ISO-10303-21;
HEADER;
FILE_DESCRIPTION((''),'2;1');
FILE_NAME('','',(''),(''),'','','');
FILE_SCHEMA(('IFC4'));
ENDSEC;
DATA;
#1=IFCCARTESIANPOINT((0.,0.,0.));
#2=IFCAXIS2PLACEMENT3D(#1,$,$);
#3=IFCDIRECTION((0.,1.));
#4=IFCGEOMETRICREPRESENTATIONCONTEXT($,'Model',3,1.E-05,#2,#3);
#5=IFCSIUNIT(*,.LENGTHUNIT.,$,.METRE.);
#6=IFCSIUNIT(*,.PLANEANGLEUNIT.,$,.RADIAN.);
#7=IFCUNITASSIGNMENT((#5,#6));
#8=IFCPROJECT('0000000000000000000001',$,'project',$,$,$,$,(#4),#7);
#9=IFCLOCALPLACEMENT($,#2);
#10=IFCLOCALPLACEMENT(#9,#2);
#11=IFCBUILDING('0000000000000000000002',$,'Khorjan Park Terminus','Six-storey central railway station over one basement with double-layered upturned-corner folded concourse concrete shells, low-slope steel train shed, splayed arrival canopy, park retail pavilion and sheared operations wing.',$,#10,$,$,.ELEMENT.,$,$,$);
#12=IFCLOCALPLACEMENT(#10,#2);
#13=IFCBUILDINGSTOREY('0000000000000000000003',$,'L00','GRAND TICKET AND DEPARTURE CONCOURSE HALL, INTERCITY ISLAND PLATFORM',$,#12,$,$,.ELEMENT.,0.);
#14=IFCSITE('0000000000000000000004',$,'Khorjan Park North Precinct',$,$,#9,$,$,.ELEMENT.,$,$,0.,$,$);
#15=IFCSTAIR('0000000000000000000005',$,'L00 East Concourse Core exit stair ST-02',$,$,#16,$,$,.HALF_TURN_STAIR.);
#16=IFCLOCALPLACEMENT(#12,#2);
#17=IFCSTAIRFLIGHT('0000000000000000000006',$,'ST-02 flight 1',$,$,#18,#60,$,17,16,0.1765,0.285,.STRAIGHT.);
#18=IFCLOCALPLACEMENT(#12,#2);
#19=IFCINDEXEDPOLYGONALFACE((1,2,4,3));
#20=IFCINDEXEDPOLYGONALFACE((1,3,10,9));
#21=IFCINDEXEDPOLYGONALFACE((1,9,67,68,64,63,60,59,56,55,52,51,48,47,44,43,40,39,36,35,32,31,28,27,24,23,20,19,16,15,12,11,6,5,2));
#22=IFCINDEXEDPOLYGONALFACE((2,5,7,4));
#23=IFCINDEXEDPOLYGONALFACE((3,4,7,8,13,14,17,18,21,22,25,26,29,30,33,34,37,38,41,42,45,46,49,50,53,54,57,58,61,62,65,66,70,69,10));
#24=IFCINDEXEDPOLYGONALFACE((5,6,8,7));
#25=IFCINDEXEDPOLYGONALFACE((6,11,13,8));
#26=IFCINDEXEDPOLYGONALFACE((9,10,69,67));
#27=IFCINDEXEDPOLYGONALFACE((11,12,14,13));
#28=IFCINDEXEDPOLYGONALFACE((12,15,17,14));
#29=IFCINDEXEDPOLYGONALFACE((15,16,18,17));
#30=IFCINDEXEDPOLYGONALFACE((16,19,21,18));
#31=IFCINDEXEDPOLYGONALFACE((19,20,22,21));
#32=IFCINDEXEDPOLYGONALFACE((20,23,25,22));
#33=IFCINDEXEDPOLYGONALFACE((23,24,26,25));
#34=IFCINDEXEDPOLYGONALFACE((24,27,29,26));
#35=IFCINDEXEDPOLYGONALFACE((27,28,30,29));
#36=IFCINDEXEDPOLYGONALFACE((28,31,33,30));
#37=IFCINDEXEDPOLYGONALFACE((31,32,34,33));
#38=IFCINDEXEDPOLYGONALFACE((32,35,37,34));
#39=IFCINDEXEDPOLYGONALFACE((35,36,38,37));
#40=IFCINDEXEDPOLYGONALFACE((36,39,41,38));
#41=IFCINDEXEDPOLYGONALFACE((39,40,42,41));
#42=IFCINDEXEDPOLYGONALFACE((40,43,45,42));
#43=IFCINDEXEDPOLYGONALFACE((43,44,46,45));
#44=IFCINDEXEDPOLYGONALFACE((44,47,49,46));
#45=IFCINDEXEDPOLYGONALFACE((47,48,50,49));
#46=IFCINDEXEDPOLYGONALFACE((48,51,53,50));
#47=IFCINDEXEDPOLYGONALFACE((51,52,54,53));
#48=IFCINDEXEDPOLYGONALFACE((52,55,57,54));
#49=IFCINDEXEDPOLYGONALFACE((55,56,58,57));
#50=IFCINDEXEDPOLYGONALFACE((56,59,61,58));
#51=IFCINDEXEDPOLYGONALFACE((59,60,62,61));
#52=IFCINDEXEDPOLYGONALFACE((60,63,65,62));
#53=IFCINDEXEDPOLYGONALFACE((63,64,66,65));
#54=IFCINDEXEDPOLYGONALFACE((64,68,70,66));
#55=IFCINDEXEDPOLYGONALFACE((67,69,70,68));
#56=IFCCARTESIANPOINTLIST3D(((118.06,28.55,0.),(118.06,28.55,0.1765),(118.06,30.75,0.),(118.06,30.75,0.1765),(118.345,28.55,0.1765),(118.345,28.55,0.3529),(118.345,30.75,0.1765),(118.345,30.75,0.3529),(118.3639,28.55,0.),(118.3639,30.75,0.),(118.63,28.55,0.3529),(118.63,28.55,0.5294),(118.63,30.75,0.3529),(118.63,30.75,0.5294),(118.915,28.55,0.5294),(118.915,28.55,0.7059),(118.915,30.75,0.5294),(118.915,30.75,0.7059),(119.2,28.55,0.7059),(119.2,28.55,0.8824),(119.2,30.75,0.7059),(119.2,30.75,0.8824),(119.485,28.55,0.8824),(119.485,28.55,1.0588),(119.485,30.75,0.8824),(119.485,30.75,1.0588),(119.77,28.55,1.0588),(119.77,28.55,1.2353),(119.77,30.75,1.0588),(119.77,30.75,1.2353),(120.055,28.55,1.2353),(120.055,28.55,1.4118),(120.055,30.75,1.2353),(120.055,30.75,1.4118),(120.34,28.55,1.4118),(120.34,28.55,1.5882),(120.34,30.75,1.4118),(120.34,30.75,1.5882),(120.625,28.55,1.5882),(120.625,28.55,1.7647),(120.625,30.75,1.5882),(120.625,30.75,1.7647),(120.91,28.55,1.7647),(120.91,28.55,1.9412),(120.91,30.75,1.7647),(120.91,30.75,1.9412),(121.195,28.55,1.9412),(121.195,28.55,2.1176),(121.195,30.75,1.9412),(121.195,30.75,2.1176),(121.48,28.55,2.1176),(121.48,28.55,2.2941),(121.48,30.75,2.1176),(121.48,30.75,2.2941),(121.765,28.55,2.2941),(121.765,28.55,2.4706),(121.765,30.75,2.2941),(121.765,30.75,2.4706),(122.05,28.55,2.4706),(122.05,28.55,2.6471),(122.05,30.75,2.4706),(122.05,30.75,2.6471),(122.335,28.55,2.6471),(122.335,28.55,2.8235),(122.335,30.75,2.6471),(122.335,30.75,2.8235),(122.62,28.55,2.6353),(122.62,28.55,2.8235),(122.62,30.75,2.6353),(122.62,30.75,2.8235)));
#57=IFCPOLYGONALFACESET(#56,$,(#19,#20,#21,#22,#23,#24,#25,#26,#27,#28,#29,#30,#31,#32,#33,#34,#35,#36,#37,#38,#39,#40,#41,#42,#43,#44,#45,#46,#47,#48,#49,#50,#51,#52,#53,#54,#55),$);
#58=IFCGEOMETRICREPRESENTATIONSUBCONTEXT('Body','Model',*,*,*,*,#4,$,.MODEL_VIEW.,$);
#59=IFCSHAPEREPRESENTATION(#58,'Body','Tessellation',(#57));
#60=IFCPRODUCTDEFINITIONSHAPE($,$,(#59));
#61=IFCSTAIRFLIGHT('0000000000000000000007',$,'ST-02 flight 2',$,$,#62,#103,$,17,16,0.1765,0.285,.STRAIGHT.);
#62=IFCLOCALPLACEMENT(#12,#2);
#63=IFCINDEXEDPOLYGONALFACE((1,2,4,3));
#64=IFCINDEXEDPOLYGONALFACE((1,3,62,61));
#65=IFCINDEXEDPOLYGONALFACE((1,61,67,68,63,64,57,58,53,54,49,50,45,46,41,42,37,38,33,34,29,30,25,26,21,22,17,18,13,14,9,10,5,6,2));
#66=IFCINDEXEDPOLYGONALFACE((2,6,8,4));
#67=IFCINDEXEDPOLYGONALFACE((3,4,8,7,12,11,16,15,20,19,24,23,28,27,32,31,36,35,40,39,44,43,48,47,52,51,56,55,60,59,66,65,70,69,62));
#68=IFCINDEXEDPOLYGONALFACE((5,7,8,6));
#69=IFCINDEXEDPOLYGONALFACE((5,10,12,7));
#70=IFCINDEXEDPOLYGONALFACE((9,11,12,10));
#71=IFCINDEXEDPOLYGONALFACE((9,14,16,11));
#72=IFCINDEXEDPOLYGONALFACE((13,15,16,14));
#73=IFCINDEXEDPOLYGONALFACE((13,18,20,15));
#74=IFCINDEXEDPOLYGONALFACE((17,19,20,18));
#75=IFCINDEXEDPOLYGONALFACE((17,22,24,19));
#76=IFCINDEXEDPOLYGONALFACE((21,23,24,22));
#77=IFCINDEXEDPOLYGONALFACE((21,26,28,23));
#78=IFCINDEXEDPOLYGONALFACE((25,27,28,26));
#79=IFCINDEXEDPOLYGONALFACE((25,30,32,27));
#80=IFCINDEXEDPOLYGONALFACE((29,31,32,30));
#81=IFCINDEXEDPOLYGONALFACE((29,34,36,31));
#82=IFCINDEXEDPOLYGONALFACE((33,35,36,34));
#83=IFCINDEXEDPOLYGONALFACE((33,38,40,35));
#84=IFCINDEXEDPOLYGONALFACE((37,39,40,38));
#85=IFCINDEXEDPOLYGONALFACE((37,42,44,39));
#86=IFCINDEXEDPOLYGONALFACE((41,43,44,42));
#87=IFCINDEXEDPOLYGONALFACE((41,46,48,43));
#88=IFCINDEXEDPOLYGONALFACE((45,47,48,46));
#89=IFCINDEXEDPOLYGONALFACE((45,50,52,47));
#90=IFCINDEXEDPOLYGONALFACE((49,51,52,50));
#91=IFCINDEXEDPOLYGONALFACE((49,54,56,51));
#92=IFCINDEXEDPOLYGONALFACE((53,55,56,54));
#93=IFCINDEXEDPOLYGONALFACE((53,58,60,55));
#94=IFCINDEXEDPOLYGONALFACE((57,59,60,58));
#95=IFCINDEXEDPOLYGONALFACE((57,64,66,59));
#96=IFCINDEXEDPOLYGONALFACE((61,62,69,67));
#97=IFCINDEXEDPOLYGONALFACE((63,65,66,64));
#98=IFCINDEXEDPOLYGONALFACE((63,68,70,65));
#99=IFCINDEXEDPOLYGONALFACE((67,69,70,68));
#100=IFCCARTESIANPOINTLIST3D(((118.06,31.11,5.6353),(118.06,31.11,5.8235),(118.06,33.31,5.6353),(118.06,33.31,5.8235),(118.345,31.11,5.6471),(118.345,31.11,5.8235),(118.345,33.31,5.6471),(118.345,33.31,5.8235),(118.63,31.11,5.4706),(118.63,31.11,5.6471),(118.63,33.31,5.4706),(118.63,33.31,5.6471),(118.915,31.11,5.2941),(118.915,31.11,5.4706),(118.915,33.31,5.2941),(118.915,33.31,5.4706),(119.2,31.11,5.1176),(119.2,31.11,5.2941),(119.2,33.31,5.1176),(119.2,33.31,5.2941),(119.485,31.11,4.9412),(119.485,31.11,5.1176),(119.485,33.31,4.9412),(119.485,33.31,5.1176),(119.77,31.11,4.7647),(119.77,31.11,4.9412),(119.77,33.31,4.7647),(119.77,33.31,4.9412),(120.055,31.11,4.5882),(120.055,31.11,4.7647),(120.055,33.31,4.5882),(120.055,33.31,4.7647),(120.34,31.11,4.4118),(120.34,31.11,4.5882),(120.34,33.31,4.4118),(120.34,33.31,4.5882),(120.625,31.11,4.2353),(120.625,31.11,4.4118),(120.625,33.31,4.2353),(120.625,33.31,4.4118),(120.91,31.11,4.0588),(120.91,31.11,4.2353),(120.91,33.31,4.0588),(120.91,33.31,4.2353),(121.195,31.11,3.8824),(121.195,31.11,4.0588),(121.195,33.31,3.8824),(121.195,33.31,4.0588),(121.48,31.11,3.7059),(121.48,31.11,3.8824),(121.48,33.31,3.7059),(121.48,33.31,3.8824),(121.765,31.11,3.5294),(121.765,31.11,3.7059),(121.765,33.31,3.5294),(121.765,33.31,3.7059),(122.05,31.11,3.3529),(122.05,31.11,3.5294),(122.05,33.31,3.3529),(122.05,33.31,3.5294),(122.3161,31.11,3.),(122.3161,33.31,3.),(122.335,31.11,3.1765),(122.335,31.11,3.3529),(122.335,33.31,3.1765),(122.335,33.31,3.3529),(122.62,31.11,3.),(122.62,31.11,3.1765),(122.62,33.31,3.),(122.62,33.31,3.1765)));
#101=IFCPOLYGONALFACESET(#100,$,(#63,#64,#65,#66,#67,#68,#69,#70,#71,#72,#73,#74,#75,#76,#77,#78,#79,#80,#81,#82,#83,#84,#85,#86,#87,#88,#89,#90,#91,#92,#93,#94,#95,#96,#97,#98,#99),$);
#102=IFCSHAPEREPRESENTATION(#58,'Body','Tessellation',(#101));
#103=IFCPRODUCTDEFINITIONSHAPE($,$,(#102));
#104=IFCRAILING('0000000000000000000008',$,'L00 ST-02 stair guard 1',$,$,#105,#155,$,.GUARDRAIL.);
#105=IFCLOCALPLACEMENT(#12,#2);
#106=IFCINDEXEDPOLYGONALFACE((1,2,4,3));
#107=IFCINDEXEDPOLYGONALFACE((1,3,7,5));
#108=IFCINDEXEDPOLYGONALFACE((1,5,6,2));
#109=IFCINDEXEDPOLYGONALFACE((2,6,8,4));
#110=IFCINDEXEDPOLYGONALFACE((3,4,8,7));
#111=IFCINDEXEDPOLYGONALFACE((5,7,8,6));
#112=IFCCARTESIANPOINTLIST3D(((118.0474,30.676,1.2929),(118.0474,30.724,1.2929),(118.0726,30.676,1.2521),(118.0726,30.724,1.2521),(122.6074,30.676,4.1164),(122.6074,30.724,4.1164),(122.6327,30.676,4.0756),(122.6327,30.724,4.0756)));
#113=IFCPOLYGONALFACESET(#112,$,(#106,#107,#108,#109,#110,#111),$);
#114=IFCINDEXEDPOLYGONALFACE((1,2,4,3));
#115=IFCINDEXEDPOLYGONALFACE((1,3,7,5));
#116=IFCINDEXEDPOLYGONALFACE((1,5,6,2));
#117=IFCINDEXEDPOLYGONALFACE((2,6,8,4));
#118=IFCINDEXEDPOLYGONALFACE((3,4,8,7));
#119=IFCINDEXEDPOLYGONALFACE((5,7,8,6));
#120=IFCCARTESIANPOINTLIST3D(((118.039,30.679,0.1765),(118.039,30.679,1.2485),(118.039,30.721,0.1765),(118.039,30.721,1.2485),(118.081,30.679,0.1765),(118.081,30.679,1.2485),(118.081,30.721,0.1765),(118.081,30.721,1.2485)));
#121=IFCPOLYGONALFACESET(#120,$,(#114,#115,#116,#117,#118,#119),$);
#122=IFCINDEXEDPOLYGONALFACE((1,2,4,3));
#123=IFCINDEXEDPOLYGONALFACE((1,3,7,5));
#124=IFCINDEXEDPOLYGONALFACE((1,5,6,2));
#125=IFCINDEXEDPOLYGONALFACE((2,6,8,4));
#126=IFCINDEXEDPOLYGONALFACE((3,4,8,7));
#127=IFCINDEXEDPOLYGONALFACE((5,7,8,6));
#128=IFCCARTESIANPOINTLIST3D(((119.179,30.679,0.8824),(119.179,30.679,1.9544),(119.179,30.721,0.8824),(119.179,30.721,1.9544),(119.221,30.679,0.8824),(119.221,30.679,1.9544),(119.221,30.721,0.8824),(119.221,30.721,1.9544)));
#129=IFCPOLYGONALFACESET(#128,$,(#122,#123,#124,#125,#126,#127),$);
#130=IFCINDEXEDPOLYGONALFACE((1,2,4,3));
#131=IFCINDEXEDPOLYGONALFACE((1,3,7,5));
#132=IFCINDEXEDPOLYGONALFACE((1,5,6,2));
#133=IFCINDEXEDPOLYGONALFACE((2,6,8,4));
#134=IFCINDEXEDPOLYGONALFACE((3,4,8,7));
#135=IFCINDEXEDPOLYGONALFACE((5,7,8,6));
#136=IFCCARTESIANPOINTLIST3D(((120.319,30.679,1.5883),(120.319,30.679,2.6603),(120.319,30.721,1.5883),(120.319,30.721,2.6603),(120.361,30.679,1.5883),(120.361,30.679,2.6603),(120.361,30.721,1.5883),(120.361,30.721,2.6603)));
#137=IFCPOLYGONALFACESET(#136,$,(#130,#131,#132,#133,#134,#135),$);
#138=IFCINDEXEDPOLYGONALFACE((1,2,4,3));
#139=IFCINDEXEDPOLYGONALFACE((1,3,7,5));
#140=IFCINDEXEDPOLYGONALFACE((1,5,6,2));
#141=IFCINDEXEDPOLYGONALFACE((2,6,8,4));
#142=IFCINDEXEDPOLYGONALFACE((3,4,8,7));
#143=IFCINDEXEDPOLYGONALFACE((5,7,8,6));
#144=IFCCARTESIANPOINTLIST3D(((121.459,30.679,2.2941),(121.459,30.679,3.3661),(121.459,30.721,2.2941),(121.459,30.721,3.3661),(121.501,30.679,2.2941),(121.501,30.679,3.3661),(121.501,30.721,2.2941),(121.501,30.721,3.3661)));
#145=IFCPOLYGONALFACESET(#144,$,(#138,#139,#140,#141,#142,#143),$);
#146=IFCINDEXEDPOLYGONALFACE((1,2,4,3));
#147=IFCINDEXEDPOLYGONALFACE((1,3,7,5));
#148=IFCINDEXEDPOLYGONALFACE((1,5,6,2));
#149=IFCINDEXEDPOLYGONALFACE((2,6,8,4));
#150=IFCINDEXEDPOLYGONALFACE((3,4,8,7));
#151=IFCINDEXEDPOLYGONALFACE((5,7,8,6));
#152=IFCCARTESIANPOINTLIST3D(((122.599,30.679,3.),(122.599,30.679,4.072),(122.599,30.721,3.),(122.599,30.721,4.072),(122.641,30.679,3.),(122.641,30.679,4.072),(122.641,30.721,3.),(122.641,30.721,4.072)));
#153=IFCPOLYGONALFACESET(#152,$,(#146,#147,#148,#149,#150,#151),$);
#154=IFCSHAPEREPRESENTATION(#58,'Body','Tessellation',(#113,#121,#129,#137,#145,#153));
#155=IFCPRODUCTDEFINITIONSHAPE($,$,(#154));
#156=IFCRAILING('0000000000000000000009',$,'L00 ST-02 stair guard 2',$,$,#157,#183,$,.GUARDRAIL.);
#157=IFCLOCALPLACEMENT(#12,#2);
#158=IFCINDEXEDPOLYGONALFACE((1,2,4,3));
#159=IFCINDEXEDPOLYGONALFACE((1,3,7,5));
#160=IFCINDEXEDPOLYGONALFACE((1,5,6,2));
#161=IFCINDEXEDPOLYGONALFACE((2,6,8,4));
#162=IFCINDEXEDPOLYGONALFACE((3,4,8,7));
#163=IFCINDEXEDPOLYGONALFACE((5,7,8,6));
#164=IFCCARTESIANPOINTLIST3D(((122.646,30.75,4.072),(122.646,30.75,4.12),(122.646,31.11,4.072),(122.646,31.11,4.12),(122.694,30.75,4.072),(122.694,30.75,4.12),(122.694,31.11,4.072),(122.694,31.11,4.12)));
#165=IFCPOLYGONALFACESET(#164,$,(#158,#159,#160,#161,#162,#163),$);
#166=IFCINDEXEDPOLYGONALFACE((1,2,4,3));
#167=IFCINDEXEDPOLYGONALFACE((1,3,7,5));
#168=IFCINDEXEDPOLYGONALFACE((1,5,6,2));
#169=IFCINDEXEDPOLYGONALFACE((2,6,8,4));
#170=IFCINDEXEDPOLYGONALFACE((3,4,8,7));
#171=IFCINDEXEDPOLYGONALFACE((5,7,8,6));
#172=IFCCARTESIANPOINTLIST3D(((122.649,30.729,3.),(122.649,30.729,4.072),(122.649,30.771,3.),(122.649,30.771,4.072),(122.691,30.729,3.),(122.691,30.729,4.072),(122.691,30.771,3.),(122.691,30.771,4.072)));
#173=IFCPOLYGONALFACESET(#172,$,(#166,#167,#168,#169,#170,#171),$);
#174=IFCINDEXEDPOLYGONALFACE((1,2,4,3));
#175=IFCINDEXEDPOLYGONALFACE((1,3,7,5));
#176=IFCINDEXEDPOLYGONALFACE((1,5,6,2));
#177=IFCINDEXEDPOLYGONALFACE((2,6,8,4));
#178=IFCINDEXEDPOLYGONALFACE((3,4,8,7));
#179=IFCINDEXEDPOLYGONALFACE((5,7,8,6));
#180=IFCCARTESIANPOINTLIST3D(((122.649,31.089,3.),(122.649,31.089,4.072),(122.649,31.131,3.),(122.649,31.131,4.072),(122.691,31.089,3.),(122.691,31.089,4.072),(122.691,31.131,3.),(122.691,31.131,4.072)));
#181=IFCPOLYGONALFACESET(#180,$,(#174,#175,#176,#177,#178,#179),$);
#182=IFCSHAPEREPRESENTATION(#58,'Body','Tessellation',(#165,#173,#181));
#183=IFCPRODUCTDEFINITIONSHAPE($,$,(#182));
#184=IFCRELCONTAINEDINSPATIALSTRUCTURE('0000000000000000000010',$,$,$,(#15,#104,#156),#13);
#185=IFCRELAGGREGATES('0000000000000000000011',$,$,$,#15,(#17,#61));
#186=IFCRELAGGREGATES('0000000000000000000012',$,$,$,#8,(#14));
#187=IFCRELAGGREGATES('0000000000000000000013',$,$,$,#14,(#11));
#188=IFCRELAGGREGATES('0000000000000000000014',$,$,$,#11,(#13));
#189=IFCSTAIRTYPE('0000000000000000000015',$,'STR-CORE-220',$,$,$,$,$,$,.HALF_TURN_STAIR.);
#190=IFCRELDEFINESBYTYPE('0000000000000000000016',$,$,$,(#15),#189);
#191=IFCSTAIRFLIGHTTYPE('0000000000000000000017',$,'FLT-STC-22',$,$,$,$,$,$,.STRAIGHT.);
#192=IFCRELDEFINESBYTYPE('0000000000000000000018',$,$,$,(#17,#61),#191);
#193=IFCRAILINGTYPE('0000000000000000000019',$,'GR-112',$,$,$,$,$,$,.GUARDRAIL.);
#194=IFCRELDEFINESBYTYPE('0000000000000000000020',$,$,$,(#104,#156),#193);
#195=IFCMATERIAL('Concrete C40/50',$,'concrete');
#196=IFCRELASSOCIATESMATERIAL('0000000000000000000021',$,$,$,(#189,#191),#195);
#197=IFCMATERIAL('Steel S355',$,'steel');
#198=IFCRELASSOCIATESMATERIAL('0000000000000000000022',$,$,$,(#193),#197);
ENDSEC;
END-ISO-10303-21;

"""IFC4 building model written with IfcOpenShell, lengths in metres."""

from ifc_helpers import new_model, si_unit, direction, frame, origin, origin_2d, place, context, subcontext, project, spatial, polyline, rectangle, outline, extrude, material, type_object, element, aggregate, save


model = new_model("IFC4")

# Units and contexts
model_context = context("Model", 3, precision=1e-05, world=origin(), true_north=direction((0.0, 1.0)))
body_context = subcontext(model_context, "Body", "Model", "MODEL_VIEW")
ifc_project = project(units=[si_unit("LENGTHUNIT", "METRE"), si_unit("PLANEANGLEUNIT", "RADIAN")], contexts=[model_context])

# Site, building, storey
site_placement = place(None, origin())
site = spatial("IfcSite", under=ifc_project, at=site_placement, Name="Khorjan Park North Precinct", CompositionType="ELEMENT", RefElevation=0.0)
building_placement = place(site_placement, origin())
building = spatial("IfcBuilding", under=site, at=building_placement, Name="Khorjan Park Terminus", Description="Six-storey central railway station over one basement with double-layered upturned-corner folded concourse concrete shells, low-slope steel train shed, splayed arrival canopy, park retail pavilion and sheared operations wing.", CompositionType="ELEMENT")
storey_placement = place(building_placement, origin())
storey = spatial("IfcBuildingStorey", under=building, at=storey_placement, Name="L00", Description="GRAND TICKET AND DEPARTURE CONCOURSE HALL, INTERCITY ISLAND PLATFORM", CompositionType="ELEMENT", Elevation=0.0)

# Shared definitions
ifc_material_1 = material(Name="Concrete C40/50", Category="concrete")

# Stair, stair flights
stair_type = type_object("IfcStairType", Name="STR-CORE-220", PredefinedType="HALF_TURN_STAIR", material=ifc_material_1)
stair_placement = place(storey_placement, origin())
stair = element("IfcStair", 1, at=stair_placement, inside=storey, type_object=stair_type, Name="L00 East Concourse Core exit stair ST-02", PredefinedType="HALF_TURN_STAIR")
stair_flight_type = type_object("IfcStairFlightType", Name="FLT-STC-22", PredefinedType="STRAIGHT", material=ifc_material_1)
stair_flight_1_placement = place(storey_placement, frame((118.06, 29.65, 0.0), z_axis=(0.0, 0.0, 1.0), x_axis=(1.0, 0.0, 0.0)))
stair_flight_1 = element("IfcStairFlight", 2, at=stair_flight_1_placement, type_object=stair_flight_type, Name="ST-02 flight 1", NumberOfRisers=17, NumberOfTreads=16, PredefinedType="STRAIGHT", RiserHeight=0.1765, TreadLength=0.285, context=body_context, shape_type="SweptSolid", body=[
    extrude(outline(polyline([(0.0, 0.0), (0.0, 0.1765), (0.285, 0.1765), (0.285, 0.3529), (0.57, 0.3529), (0.57, 0.5294), (0.855, 0.5294), (0.855, 0.7059), (1.14, 0.7059), (1.14, 0.8824), (1.425, 0.8824), (1.425, 1.0588), (1.71, 1.0588), (1.71, 1.2353), (1.995, 1.2353), (1.995, 1.4118), (2.28, 1.4118), (2.28, 1.5882), (2.565, 1.5882), (2.565, 1.7647), (2.85, 1.7647), (2.85, 1.9412), (3.135, 1.9412), (3.135, 2.1176), (3.42, 2.1176), (3.42, 2.2941), (3.705, 2.2941), (3.705, 2.4706), (3.99, 2.4706), (3.99, 2.6471), (4.275, 2.6471), (4.275, 2.8235), (4.56, 2.8235), (4.56, 3.0), (4.56, 2.6353), (0.3039, 0.0), (0.0, 0.0)])), frame((0.0, 1.1, 0.0), z_axis=(0.0, -1.0, 0.0), x_axis=(1.0, 0.0, 0.0)), (0.0, 0.0, 1.0), 2.2),
])
stair_flight_2_placement = place(storey_placement, frame((122.62, 32.21, 3.0), z_axis=(0.0, 0.0, 1.0), x_axis=(-1.0, 0.0, 0.0)))
stair_flight_2 = element("IfcStairFlight", 3, at=stair_flight_2_placement, type_object=stair_flight_type, Name="ST-02 flight 2", NumberOfRisers=17, NumberOfTreads=16, PredefinedType="STRAIGHT", RiserHeight=0.1765, TreadLength=0.285, context=body_context, shape_type="SweptSolid", body=[
    extrude(outline(polyline([(0.0, 0.0), (0.0, 0.1765), (0.285, 0.1765), (0.285, 0.3529), (0.57, 0.3529), (0.57, 0.5294), (0.855, 0.5294), (0.855, 0.7059), (1.14, 0.7059), (1.14, 0.8824), (1.425, 0.8824), (1.425, 1.0588), (1.71, 1.0588), (1.71, 1.2353), (1.995, 1.2353), (1.995, 1.4118), (2.28, 1.4118), (2.28, 1.5882), (2.565, 1.5882), (2.565, 1.7647), (2.85, 1.7647), (2.85, 1.9412), (3.135, 1.9412), (3.135, 2.1176), (3.42, 2.1176), (3.42, 2.2941), (3.705, 2.2941), (3.705, 2.4706), (3.99, 2.4706), (3.99, 2.6471), (4.275, 2.6471), (4.275, 2.8235), (4.56, 2.8235), (4.56, 3.0), (4.56, 2.6353), (0.3039, 0.0), (0.0, 0.0)])), frame((0.0, 1.1, 0.0), z_axis=(0.0, -1.0, 0.0), x_axis=(1.0, 0.0, 0.0)), (0.0, 0.0, 1.0), 2.2),
])
aggregate(stair, [stair_flight_1, stair_flight_2])

# Railings
ifc_material_2 = material(Name="Steel S355", Category="steel")
railing_type_1 = type_object("IfcRailingType", Name="GR-112", PredefinedType="GUARDRAIL", material=ifc_material_2)
railing_1_placement = place(storey_placement, frame((118.06, 30.7, 0.1765)))
element("IfcRailing", 4, at=railing_1_placement, inside=storey, type_object=railing_type_1, Name="L00 ST-02 stair guard 1", PredefinedType="GUARDRAIL", context=body_context, shape_type="SweptSolid", body=[
    extrude(rectangle(XDim=0.048, YDim=0.048, at=origin_2d()), frame((0.0, 0.0, 1.096), z_axis=(0.850211, 0.0, 0.526441), x_axis=(0.0, 1.0, 0.0)), (0.0, 0.0, 1.0), 5.3634),
    extrude(rectangle(XDim=0.042, YDim=0.042, at=origin_2d()), origin(), (0.0, 0.0, 1.0), 1.072),
    extrude(rectangle(XDim=0.042, YDim=0.042, at=origin_2d()), frame((1.14, 0.0, 0.7059)), (0.0, 0.0, 1.0), 1.072),
    extrude(rectangle(XDim=0.042, YDim=0.042, at=origin_2d()), frame((2.28, 0.0, 1.4118)), (0.0, 0.0, 1.0), 1.072),
    extrude(rectangle(XDim=0.042, YDim=0.042, at=origin_2d()), frame((3.42, 0.0, 2.1176)), (0.0, 0.0, 1.0), 1.072),
    extrude(rectangle(XDim=0.042, YDim=0.042, at=origin_2d()), frame((4.56, 0.0, 2.8235)), (0.0, 0.0, 1.0), 1.072),
])
railing_2_placement = place(storey_placement, frame((122.67, 30.75, 3.0)))
element("IfcRailing", 5, at=railing_2_placement, inside=storey, type_object=railing_type_1, Name="L00 ST-02 stair guard 2", PredefinedType="GUARDRAIL", context=body_context, shape_type="SweptSolid", body=[
    extrude(rectangle(XDim=0.048, YDim=0.048, at=origin_2d()), frame((0.0, 0.0, 1.096), z_axis=(0.0, 1.0, 0.0), x_axis=(-1.0, 0.0, 0.0)), (0.0, 0.0, 1.0), 0.36),
    extrude(rectangle(XDim=0.042, YDim=0.042, at=origin_2d()), origin(), (0.0, 0.0, 1.0), 1.072),
    extrude(rectangle(XDim=0.042, YDim=0.042, at=origin_2d()), frame((0.0, 0.36, 0.0)), (0.0, 0.0, 1.0), 1.072),
])

save(model, "model.ifc")
